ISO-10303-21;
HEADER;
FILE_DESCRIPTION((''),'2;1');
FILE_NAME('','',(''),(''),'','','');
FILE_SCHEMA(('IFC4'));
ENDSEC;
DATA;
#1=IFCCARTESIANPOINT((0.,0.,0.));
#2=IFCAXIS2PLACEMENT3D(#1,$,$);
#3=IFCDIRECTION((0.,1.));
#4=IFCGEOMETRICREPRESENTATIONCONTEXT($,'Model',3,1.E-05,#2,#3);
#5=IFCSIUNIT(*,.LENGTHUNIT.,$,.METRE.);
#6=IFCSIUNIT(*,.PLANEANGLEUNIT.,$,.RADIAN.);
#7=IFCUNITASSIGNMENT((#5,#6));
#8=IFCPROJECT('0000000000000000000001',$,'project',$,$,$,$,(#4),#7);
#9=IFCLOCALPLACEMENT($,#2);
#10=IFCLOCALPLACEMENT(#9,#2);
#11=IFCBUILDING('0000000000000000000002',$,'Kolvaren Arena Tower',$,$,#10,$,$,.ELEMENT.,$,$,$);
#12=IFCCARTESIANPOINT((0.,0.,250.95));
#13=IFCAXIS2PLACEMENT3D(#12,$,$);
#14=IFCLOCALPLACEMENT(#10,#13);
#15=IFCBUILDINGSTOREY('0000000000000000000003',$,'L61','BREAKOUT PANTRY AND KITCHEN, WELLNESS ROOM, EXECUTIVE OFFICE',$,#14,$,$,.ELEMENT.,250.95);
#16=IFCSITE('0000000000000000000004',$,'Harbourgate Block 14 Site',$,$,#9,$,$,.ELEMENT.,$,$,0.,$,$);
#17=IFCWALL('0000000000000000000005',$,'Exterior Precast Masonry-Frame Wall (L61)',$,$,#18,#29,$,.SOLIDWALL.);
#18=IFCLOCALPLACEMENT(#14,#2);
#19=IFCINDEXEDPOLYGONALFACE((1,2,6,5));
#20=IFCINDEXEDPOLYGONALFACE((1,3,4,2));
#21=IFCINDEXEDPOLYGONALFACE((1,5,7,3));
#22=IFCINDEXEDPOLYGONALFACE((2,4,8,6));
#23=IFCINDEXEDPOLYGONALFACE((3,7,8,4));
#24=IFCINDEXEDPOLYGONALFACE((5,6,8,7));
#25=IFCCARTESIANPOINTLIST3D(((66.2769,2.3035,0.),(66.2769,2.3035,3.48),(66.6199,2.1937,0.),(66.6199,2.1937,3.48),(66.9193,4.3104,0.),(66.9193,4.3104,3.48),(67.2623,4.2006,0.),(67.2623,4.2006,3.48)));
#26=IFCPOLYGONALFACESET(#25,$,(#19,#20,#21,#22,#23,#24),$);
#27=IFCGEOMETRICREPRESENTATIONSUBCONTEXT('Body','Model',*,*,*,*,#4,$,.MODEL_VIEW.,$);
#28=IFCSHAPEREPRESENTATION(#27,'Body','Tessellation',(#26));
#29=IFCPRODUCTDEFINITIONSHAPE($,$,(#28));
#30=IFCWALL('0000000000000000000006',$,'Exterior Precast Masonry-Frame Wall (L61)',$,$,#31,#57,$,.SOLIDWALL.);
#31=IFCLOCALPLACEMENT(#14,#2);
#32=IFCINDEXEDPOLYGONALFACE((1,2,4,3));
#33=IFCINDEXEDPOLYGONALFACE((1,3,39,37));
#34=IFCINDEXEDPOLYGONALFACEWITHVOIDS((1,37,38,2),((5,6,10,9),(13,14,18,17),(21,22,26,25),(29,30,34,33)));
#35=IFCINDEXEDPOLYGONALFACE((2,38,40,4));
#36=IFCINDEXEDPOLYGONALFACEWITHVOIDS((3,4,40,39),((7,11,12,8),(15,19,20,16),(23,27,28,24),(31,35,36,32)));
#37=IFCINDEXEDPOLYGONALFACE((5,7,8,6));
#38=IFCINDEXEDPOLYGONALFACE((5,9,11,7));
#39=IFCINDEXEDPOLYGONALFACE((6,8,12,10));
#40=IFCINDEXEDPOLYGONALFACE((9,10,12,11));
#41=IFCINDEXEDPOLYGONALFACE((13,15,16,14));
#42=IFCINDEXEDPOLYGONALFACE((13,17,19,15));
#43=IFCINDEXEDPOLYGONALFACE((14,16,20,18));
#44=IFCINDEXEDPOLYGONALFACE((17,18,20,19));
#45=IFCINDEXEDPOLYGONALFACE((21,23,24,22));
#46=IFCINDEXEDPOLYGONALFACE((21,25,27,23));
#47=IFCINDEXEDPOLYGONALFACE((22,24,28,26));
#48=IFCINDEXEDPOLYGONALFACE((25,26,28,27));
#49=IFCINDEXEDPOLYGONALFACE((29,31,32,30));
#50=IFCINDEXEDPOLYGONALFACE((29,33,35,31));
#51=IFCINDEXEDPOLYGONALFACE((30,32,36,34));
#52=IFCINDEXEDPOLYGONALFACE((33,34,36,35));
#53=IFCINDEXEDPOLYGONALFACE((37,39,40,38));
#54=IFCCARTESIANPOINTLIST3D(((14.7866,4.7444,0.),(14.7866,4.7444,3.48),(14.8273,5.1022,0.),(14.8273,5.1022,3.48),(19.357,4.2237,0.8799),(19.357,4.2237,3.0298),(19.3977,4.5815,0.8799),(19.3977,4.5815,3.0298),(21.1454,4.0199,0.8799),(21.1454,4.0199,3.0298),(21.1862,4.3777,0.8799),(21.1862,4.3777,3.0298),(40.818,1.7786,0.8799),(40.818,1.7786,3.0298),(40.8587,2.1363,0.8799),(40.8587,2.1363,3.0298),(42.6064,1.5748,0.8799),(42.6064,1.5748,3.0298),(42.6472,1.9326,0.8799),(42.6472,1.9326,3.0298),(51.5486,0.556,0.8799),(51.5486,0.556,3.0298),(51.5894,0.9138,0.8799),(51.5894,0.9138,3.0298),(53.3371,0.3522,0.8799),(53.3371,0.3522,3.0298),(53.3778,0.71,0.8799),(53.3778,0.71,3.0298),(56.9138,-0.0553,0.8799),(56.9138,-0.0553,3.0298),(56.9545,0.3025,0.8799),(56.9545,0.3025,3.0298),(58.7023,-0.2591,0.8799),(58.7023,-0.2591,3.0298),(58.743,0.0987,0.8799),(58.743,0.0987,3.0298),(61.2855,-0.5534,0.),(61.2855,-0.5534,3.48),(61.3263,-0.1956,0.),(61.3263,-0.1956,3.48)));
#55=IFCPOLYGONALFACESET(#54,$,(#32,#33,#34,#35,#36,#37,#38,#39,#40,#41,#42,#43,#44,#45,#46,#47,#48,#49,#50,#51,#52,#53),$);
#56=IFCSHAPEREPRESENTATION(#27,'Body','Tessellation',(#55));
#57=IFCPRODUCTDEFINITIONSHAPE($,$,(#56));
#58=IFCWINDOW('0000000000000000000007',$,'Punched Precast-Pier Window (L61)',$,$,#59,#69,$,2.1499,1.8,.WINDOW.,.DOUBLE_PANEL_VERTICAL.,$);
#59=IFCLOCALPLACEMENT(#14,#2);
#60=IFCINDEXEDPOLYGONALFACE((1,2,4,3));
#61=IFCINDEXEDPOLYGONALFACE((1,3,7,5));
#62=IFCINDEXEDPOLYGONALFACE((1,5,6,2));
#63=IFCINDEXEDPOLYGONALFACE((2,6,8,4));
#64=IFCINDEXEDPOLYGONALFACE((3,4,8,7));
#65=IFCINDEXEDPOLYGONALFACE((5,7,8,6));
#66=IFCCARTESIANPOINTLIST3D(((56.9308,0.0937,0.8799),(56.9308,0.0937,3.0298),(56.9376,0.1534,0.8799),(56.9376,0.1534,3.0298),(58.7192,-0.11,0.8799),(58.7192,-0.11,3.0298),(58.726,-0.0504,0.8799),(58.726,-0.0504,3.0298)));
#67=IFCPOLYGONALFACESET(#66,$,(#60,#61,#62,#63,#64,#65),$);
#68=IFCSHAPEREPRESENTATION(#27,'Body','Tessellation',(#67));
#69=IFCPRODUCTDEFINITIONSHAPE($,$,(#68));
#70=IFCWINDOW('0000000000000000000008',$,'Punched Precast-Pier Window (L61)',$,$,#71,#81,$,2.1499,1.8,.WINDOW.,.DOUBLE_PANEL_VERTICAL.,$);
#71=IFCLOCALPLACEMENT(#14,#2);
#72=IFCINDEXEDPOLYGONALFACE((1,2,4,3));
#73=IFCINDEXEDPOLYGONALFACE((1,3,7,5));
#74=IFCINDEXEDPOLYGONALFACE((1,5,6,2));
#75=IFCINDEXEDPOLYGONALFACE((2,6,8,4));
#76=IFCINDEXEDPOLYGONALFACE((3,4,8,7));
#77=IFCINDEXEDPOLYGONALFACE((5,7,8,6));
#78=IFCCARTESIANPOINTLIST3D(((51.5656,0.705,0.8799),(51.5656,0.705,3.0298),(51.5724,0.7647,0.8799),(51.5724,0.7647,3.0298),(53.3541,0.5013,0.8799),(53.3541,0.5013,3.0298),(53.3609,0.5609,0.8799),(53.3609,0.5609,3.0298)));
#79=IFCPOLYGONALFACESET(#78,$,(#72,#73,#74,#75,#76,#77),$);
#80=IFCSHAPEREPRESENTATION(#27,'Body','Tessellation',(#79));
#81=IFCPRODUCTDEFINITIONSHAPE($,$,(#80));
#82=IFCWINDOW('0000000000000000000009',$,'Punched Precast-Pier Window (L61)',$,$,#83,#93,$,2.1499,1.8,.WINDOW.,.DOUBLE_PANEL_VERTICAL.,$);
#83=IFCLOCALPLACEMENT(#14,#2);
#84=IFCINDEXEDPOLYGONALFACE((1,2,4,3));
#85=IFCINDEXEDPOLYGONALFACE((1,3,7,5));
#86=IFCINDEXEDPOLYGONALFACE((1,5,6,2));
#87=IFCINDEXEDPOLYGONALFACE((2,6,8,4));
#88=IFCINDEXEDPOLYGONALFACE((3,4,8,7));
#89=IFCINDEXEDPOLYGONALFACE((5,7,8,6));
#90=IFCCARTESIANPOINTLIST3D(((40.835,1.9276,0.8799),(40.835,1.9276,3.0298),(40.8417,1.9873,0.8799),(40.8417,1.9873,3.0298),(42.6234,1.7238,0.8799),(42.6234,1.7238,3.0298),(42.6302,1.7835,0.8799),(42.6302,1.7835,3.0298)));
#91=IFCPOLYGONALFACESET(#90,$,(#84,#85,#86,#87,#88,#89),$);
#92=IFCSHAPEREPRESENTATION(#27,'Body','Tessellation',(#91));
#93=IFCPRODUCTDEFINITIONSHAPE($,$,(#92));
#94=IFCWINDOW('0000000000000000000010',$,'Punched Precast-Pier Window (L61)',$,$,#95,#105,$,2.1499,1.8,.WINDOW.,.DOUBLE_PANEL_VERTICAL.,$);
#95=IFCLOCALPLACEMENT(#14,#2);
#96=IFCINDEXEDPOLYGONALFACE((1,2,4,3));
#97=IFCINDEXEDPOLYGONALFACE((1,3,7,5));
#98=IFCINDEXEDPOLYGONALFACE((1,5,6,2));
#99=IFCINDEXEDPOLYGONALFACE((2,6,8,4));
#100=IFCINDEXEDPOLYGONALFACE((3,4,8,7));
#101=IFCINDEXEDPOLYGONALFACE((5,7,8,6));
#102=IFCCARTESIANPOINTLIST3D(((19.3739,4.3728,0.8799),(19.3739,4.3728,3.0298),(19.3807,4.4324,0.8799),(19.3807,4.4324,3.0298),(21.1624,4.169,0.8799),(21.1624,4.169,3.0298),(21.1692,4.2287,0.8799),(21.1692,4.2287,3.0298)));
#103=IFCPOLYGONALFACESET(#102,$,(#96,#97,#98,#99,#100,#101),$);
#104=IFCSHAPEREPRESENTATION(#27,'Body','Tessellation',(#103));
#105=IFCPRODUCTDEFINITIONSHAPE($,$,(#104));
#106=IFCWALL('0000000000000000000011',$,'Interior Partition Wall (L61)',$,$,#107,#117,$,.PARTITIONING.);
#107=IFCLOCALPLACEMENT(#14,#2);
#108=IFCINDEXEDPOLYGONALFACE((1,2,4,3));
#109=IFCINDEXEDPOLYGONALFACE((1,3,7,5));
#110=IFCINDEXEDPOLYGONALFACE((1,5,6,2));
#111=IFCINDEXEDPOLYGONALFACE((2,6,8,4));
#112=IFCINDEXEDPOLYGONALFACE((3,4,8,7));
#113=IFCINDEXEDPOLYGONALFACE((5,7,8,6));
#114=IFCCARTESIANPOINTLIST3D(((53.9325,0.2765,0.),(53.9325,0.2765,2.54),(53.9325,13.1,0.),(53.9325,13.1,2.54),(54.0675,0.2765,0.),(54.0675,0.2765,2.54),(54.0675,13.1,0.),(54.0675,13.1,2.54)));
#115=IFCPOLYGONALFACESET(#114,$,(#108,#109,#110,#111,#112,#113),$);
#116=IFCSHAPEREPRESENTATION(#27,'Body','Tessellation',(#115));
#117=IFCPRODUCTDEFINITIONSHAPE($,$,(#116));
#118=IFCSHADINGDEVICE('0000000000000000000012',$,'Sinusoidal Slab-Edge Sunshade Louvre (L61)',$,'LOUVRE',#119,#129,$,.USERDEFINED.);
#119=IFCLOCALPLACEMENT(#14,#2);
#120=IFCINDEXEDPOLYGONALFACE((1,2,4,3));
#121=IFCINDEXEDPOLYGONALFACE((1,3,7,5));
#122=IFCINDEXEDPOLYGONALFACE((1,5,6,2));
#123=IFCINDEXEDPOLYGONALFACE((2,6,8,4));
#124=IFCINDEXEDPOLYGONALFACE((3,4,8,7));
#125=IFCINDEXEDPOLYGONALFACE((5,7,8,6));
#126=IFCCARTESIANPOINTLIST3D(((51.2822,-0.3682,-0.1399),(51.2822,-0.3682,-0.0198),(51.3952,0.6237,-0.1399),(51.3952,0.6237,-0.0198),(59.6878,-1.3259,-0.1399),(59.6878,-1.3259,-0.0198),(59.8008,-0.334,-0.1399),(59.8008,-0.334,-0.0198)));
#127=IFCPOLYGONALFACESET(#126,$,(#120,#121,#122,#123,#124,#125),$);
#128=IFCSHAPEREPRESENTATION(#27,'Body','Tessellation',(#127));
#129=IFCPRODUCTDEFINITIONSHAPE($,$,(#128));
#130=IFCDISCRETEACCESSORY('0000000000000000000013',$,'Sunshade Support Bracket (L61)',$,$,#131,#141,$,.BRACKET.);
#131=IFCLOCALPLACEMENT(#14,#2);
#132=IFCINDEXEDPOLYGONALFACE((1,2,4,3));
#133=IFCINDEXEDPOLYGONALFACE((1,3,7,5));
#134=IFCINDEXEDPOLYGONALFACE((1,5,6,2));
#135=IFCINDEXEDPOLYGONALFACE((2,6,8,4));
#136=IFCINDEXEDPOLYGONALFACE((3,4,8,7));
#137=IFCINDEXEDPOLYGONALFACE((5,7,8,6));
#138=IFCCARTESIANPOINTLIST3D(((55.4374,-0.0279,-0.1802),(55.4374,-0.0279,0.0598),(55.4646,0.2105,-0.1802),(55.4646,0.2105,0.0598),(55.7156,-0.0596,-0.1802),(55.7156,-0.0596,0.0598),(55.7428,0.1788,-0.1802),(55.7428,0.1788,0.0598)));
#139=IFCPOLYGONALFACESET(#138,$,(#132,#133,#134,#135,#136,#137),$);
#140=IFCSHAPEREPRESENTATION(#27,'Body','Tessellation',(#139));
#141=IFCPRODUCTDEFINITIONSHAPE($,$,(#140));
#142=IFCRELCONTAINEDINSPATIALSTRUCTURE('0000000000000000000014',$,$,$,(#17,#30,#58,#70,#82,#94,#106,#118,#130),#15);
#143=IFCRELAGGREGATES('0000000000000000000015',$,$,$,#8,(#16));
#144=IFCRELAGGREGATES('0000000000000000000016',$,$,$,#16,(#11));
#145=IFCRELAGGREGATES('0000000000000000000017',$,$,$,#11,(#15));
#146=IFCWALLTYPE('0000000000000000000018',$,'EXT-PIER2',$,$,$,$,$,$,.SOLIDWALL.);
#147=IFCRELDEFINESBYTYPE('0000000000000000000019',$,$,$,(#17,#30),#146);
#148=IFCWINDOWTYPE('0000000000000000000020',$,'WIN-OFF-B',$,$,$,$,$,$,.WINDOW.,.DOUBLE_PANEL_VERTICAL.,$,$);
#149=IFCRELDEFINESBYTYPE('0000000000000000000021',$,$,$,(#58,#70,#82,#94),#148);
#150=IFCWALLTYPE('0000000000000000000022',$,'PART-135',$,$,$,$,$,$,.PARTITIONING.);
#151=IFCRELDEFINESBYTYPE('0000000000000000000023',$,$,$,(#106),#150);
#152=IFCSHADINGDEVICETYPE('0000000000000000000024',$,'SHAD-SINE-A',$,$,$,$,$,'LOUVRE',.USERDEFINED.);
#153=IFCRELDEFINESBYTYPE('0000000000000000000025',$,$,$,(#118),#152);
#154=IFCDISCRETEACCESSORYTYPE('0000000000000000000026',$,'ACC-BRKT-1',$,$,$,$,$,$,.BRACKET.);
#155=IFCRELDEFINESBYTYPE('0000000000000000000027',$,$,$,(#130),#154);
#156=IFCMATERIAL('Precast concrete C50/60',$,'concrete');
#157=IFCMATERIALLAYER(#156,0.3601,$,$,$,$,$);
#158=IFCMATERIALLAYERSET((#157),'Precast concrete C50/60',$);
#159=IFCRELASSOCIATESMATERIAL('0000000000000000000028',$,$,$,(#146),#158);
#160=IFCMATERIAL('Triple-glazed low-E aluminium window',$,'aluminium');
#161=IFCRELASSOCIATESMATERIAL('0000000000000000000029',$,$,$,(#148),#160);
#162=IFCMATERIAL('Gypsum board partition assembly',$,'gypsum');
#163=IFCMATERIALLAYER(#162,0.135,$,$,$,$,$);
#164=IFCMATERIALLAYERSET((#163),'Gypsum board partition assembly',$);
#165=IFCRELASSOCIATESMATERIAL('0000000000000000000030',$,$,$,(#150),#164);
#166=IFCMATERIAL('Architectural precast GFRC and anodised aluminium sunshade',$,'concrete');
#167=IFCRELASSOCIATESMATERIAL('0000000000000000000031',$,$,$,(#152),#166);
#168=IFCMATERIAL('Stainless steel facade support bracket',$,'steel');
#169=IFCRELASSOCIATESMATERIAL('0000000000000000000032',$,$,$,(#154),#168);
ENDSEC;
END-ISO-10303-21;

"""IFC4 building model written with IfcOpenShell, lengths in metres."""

from ifc_helpers import new_model, si_unit, direction, frame, frame_2d, origin, origin_2d, place, context, subcontext, project, spatial, rectangle, extrude, material, layer, layer_set, type_object, element, fill, save


model = new_model("IFC4")

# Units and contexts
model_context = context("Model", 3, precision=1e-05, world=origin(), true_north=direction((0.0, 1.0)))
body_context = subcontext(model_context, "Body", "Model", "MODEL_VIEW")
ifc_project = project(units=[si_unit("LENGTHUNIT", "METRE"), si_unit("PLANEANGLEUNIT", "RADIAN")], contexts=[model_context])

# Site, building, storey
site_placement = place(None, origin())
site = spatial("IfcSite", under=ifc_project, at=site_placement, Name="Harbourgate Block 14 Site", CompositionType="ELEMENT", RefElevation=0.0)
building_placement = place(site_placement, origin())
building = spatial("IfcBuilding", under=site, at=building_placement, Name="Kolvaren Arena Tower", CompositionType="ELEMENT")
storey_placement = place(building_placement, frame((0.0, 0.0, 250.95)))
storey = spatial("IfcBuildingStorey", under=building, at=storey_placement, Name="L61", Description="BREAKOUT PANTRY AND KITCHEN, WELLNESS ROOM, EXECUTIVE OFFICE", CompositionType="ELEMENT", Elevation=250.95)

# Wall
ifc_material_1 = material(Name="Precast concrete C50/60", Category="concrete")
ifc_layer_1 = layer(ifc_material_1, 0.3601)
ifc_layer_set_1 = layer_set([ifc_layer_1], Name="Precast concrete C50/60")
wall_type_1 = type_object("IfcWallType", Name="EXT-PIER2", PredefinedType="SOLIDWALL", material=ifc_layer_set_1)
wall_1_placement = place(storey_placement, frame((67.0908, 4.2556, 0.0), z_axis=(0.0, 0.0, 1.0), x_axis=(-0.304839, -0.952404, 0.0)))
element("IfcWall", 1, at=wall_1_placement, inside=storey, type_object=wall_type_1, Name="Exterior Precast Masonry-Frame Wall (L61)", PredefinedType="SOLIDWALL", context=body_context, shape_type="SweptSolid", body=[
    extrude(rectangle(XDim=2.1072, YDim=0.3601, at=frame_2d((1.0537, 0.0))), origin(), (0.0, 0.0, 1.0), 3.48),
])

# Wall, openings, windows
wall_2_placement = place(storey_placement, frame((61.3059, -0.3745, 0.0), z_axis=(0.0, 0.0, 1.0), x_axis=(-0.993572, 0.113202, 0.0)))
wall_2 = element("IfcWall", 2, at=wall_2_placement, inside=storey, type_object=wall_type_1, Name="Exterior Precast Masonry-Frame Wall (L61)", PredefinedType="SOLIDWALL", context=body_context, shape_type="SweptSolid", body=[
    extrude(rectangle(XDim=46.7998, YDim=0.3601, at=frame_2d((23.3999, 0.0))), origin(), (0.0, 0.0, 1.0), 3.48),
])
opening_1_placement = place(wall_2_placement, frame((2.6001, 0.0, 0.8799)))
opening_1 = element("IfcOpeningElement", 3, at=opening_1_placement, cuts=wall_2, PredefinedType="OPENING", context=body_context, shape_type="SweptSolid", body=[
    extrude(rectangle(XDim=1.8, YDim=2.1499, at=frame_2d((0.8999, 1.075))), frame((0.0, 0.1899, 0.0), z_axis=(0.0, -1.0, 0.0), x_axis=(1.0, 0.0, 0.0)), (0.0, 0.0, 1.0), 0.3801),
])
opening_2_placement = place(wall_2_placement, frame((8.0, 0.0, 0.8799)))
opening_2 = element("IfcOpeningElement", 4, at=opening_2_placement, cuts=wall_2, PredefinedType="OPENING", context=body_context, shape_type="SweptSolid", body=[
    extrude(rectangle(XDim=1.8, YDim=2.1499, at=frame_2d((0.8999, 1.075))), frame((0.0, 0.1899, 0.0), z_axis=(0.0, -1.0, 0.0), x_axis=(1.0, 0.0, 0.0)), (0.0, 0.0, 1.0), 0.3801),
])
opening_3_placement = place(wall_2_placement, frame((18.8, 0.0, 0.8799)))
opening_3 = element("IfcOpeningElement", 5, at=opening_3_placement, cuts=wall_2, PredefinedType="OPENING", context=body_context, shape_type="SweptSolid", body=[
    extrude(rectangle(XDim=1.8, YDim=2.1499, at=frame_2d((0.8999, 1.075))), frame((0.0, 0.1899, 0.0), z_axis=(0.0, -1.0, 0.0), x_axis=(1.0, 0.0, 0.0)), (0.0, 0.0, 1.0), 0.3801),
])
opening_4_placement = place(wall_2_placement, frame((40.3999, 0.0, 0.8799)))
opening_4 = element("IfcOpeningElement", 6, at=opening_4_placement, cuts=wall_2, PredefinedType="OPENING", context=body_context, shape_type="SweptSolid", body=[
    extrude(rectangle(XDim=1.8, YDim=2.1499, at=frame_2d((0.8999, 1.075))), frame((0.0, 0.1899, 0.0), z_axis=(0.0, -1.0, 0.0), x_axis=(1.0, 0.0, 0.0)), (0.0, 0.0, 1.0), 0.3801),
])
ifc_material_2 = material(Name="Triple-glazed low-E aluminium window", Category="aluminium")
window_type = type_object("IfcWindowType", Name="WIN-OFF-B", PartitioningType="DOUBLE_PANEL_VERTICAL", PredefinedType="WINDOW", material=ifc_material_2)
window_1_placement = place(opening_1_placement, origin())
window_1 = element("IfcWindow", 7, at=window_1_placement, inside=storey, type_object=window_type, Name="Punched Precast-Pier Window (L61)", OverallHeight=2.1499, OverallWidth=1.8, PartitioningType="DOUBLE_PANEL_VERTICAL", PredefinedType="WINDOW", context=body_context, shape_type="SweptSolid", body=[
    extrude(rectangle(XDim=1.8, YDim=2.1499, at=frame_2d((0.8999, 1.075))), frame((0.0, 0.03, 0.0), z_axis=(0.0, -1.0, 0.0), x_axis=(1.0, 0.0, 0.0)), (0.0, 0.0, 1.0), 0.0601),
])
fill(opening_1, window_1)
window_2_placement = place(opening_2_placement, origin())
window_2 = element("IfcWindow", 8, at=window_2_placement, inside=storey, type_object=window_type, Name="Punched Precast-Pier Window (L61)", OverallHeight=2.1499, OverallWidth=1.8, PartitioningType="DOUBLE_PANEL_VERTICAL", PredefinedType="WINDOW", context=body_context, shape_type="SweptSolid", body=[
    extrude(rectangle(XDim=1.8, YDim=2.1499, at=frame_2d((0.8999, 1.075))), frame((0.0, 0.03, 0.0), z_axis=(0.0, -1.0, 0.0), x_axis=(1.0, 0.0, 0.0)), (0.0, 0.0, 1.0), 0.0601),
])
fill(opening_2, window_2)
window_3_placement = place(opening_3_placement, origin())
window_3 = element("IfcWindow", 9, at=window_3_placement, inside=storey, type_object=window_type, Name="Punched Precast-Pier Window (L61)", OverallHeight=2.1499, OverallWidth=1.8, PartitioningType="DOUBLE_PANEL_VERTICAL", PredefinedType="WINDOW", context=body_context, shape_type="SweptSolid", body=[
    extrude(rectangle(XDim=1.8, YDim=2.1499, at=frame_2d((0.8999, 1.075))), frame((0.0, 0.03, 0.0), z_axis=(0.0, -1.0, 0.0), x_axis=(1.0, 0.0, 0.0)), (0.0, 0.0, 1.0), 0.0601),
])
fill(opening_3, window_3)
window_4_placement = place(opening_4_placement, origin())
window_4 = element("IfcWindow", 10, at=window_4_placement, inside=storey, type_object=window_type, Name="Punched Precast-Pier Window (L61)", OverallHeight=2.1499, OverallWidth=1.8, PartitioningType="DOUBLE_PANEL_VERTICAL", PredefinedType="WINDOW", context=body_context, shape_type="SweptSolid", body=[
    extrude(rectangle(XDim=1.8, YDim=2.1499, at=frame_2d((0.8999, 1.075))), frame((0.0, 0.03, 0.0), z_axis=(0.0, -1.0, 0.0), x_axis=(1.0, 0.0, 0.0)), (0.0, 0.0, 1.0), 0.0601),
])
fill(opening_4, window_4)

# Wall
ifc_material_3 = material(Name="Gypsum board partition assembly", Category="gypsum")
ifc_layer_2 = layer(ifc_material_3, 0.135)
ifc_layer_set_2 = layer_set([ifc_layer_2], Name="Gypsum board partition assembly")
wall_type_2 = type_object("IfcWallType", Name="PART-135", PredefinedType="PARTITIONING", material=ifc_layer_set_2)
wall_3_placement = place(storey_placement, frame((54.0, 0.2766, 0.0), z_axis=(0.0, 0.0, 1.0), x_axis=(0.0, 1.0, 0.0)))
element("IfcWall", 11, at=wall_3_placement, inside=storey, type_object=wall_type_2, Name="Interior Partition Wall (L61)", PredefinedType="PARTITIONING", context=body_context, shape_type="SweptSolid", body=[
    extrude(rectangle(XDim=12.8235, YDim=0.135, at=frame_2d((6.4116, 0.0))), origin(), (0.0, 0.0, 1.0), 2.54),
])

# Shading device
ifc_material_4 = material(Name="Architectural precast GFRC and anodised aluminium sunshade", Category="concrete")
shading_device_type = type_object("IfcShadingDeviceType", Name="SHAD-SINE-A", ElementType="LOUVRE", PredefinedType="USERDEFINED", material=ifc_material_4)
shading_device_placement = place(storey_placement, frame((55.5415, -0.3511, -0.1399), z_axis=(0.0, 0.0, 1.0), x_axis=(-0.993572, 0.113205, 0.0)))
element("IfcShadingDevice", 12, at=shading_device_placement, inside=storey, type_object=shading_device_type, Name="Sinusoidal Slab-Edge Sunshade Louvre (L61)", ObjectType="LOUVRE", PredefinedType="USERDEFINED", context=body_context, shape_type="SweptSolid", body=[
    extrude(rectangle(XDim=8.46, YDim=0.9983, at=origin_2d()), origin(), (0.0, 0.0, 1.0), 0.1201),
])

# Discrete accessory
ifc_material_5 = material(Name="Stainless steel facade support bracket", Category="steel")
discrete_accessory_type = type_object("IfcDiscreteAccessoryType", Name="ACC-BRKT-1", PredefinedType="BRACKET", material=ifc_material_5)
discrete_accessory_placement = place(storey_placement, frame((55.5901, 0.0754, -0.1802), z_axis=(0.0, 0.0, 1.0), x_axis=(-0.993572, 0.113205, 0.0)))
element("IfcDiscreteAccessory", 13, at=discrete_accessory_placement, inside=storey, type_object=discrete_accessory_type, Name="Sunshade Support Bracket (L61)", PredefinedType="BRACKET", context=body_context, shape_type="SweptSolid", body=[
    extrude(rectangle(XDim=0.28, YDim=0.24, at=origin_2d()), origin(), (0.0, 0.0, 1.0), 0.24),
])

save(model, "model.ifc")
